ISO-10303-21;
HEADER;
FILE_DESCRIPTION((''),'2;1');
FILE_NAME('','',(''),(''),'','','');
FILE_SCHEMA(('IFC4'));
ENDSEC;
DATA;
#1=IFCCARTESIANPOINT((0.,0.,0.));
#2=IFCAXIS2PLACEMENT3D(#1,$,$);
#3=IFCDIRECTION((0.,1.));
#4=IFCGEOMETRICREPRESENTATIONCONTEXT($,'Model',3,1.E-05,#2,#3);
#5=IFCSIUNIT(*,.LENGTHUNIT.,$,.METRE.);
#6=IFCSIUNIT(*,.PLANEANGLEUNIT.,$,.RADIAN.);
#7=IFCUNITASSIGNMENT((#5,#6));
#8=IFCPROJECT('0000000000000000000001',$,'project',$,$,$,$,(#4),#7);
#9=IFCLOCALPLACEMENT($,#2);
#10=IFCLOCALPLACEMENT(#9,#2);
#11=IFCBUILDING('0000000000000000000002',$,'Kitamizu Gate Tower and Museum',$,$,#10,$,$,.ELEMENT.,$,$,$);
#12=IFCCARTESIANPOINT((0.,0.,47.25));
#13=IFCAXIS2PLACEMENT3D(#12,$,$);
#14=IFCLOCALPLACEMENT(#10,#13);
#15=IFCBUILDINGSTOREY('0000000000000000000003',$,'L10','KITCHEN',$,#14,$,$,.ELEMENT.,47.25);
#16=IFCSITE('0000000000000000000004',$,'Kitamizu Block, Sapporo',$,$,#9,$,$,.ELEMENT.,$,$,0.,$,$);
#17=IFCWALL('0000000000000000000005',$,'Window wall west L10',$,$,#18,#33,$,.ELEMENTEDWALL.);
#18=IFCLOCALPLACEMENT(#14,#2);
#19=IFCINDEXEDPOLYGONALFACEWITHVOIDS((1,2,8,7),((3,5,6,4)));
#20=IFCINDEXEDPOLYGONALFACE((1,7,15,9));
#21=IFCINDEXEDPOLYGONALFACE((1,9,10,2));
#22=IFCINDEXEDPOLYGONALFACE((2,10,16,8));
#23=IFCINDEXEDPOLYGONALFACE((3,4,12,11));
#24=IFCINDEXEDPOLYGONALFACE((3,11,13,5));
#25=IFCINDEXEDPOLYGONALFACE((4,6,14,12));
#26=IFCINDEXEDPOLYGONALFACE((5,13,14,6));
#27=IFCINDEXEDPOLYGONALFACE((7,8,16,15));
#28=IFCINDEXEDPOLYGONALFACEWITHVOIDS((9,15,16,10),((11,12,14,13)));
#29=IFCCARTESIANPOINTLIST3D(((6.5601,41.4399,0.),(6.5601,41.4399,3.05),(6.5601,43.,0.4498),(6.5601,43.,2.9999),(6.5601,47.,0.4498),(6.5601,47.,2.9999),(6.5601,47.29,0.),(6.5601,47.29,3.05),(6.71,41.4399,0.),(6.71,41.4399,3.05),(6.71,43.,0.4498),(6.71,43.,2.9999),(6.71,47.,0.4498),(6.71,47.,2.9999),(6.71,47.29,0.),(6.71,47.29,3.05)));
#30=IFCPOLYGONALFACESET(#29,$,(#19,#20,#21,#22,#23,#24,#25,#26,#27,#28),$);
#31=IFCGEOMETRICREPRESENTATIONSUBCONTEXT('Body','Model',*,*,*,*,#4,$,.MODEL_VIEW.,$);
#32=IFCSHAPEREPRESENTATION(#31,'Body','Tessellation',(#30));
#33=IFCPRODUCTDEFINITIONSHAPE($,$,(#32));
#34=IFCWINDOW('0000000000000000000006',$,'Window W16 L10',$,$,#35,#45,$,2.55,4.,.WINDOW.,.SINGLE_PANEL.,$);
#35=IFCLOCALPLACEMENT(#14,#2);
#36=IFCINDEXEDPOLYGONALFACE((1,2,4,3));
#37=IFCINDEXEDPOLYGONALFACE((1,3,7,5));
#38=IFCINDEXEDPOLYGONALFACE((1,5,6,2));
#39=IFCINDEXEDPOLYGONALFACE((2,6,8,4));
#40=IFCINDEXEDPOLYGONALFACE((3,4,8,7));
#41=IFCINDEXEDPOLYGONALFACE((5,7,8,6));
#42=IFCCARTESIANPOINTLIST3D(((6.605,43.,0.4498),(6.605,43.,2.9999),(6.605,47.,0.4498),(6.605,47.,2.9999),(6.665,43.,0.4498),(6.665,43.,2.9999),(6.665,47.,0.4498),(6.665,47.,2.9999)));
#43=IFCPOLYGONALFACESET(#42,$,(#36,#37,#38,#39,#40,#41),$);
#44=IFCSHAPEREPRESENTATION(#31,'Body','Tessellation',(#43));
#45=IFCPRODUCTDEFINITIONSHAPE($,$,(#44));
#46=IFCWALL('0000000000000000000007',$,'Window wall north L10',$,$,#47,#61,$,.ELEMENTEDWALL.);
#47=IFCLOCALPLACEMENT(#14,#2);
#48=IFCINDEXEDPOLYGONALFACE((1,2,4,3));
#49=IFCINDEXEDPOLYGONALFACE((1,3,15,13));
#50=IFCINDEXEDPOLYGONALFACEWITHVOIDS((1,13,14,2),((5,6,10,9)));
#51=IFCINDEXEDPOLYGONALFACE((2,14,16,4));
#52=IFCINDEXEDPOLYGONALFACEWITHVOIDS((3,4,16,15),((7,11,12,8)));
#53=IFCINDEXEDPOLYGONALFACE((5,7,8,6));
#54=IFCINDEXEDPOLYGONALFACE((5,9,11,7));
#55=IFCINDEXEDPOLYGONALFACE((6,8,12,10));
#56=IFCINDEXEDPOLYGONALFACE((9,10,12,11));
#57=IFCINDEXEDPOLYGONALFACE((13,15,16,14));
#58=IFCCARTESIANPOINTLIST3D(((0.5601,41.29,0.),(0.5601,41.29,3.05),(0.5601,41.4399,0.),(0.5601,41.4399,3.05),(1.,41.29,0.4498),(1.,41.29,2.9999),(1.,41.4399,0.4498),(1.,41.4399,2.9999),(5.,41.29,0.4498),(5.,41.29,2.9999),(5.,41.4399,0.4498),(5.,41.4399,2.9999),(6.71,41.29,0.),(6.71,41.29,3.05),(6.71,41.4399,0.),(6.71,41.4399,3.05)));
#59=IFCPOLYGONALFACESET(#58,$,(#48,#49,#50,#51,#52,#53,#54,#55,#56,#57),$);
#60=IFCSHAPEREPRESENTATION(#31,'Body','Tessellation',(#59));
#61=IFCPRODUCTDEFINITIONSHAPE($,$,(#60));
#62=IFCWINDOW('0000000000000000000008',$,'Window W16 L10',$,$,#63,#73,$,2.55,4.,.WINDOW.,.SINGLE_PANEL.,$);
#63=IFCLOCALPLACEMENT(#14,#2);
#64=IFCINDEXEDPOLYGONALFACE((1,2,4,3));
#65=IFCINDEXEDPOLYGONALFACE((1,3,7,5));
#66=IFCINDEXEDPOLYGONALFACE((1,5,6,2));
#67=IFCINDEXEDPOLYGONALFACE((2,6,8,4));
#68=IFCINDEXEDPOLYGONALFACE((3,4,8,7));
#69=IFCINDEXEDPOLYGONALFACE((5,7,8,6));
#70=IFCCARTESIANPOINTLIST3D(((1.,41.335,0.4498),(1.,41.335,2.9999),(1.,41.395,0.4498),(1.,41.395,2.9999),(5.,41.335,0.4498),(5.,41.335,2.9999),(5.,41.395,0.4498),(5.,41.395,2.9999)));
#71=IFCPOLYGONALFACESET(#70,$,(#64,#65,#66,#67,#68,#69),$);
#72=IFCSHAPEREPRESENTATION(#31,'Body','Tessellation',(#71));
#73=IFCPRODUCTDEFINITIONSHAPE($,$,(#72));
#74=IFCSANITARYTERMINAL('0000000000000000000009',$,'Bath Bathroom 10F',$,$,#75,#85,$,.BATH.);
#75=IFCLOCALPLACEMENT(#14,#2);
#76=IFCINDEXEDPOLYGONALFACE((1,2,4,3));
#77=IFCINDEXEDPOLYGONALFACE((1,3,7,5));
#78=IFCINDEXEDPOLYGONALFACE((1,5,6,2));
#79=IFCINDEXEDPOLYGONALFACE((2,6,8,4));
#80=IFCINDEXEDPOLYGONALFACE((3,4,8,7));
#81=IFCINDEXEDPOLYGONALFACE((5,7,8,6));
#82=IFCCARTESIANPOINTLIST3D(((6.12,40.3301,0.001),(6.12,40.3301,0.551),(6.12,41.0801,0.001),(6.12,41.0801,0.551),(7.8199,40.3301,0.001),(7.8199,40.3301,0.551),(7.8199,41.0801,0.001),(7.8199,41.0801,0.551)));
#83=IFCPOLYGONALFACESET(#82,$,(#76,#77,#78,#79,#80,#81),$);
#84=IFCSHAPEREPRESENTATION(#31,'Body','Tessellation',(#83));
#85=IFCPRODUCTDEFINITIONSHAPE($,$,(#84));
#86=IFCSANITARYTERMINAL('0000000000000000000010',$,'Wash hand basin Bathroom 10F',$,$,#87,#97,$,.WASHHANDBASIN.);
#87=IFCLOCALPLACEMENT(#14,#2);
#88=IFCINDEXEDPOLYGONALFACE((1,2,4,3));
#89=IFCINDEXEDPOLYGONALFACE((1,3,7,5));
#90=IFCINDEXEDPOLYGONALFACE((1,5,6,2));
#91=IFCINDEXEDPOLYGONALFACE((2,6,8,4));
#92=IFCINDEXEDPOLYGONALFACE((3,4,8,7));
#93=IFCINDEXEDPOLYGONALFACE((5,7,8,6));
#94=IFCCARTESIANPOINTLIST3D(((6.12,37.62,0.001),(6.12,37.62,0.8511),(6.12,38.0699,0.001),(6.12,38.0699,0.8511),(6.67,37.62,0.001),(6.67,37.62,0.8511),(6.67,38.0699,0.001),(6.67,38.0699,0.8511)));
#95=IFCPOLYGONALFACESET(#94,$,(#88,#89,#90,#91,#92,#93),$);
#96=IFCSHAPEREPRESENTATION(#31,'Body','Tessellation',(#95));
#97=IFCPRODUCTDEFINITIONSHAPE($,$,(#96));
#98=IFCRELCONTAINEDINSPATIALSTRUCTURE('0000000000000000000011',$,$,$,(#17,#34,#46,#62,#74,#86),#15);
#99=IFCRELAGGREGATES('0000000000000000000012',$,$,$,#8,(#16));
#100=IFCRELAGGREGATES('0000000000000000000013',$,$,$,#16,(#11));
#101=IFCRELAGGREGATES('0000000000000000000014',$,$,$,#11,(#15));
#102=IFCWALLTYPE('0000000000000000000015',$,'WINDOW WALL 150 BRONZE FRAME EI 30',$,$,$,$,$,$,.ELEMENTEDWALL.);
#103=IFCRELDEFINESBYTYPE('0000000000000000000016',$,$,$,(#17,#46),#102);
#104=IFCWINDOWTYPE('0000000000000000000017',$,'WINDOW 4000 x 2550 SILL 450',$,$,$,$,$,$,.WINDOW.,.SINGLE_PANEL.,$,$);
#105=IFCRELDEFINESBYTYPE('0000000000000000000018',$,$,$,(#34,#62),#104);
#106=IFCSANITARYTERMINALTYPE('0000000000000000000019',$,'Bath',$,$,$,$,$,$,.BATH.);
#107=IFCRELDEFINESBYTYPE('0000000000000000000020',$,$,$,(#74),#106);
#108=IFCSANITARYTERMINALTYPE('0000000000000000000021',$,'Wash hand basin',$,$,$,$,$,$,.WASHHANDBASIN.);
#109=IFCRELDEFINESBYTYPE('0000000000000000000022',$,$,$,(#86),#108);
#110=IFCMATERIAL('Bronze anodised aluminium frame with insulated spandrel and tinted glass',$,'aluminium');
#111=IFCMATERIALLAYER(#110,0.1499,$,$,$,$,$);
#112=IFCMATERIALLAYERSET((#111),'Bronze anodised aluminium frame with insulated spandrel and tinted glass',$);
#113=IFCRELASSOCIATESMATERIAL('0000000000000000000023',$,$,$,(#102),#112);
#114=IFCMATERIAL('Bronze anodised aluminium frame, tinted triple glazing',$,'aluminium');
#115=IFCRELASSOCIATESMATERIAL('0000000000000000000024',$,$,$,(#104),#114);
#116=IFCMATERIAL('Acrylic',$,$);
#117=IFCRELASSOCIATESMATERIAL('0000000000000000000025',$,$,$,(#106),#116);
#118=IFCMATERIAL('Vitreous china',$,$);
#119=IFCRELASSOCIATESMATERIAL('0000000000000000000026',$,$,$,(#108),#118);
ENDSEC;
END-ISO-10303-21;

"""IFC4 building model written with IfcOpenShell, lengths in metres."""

from ifc_helpers import new_model, si_unit, direction, frame, frame_2d, origin, origin_2d, place, context, subcontext, project, spatial, rectangle, extrude, material, layer, layer_set, type_object, element, fill, save


model = new_model("IFC4")

# Units and contexts
model_context = context("Model", 3, precision=1e-05, world=origin(), true_north=direction((0.0, 1.0)))
body_context = subcontext(model_context, "Body", "Model", "MODEL_VIEW")
ifc_project = project(units=[si_unit("LENGTHUNIT", "METRE"), si_unit("PLANEANGLEUNIT", "RADIAN")], contexts=[model_context])

# Site, building, storey
site_placement = place(None, origin())
site = spatial("IfcSite", under=ifc_project, at=site_placement, Name="Kitamizu Block, Sapporo", CompositionType="ELEMENT", RefElevation=0.0)
building_placement = place(site_placement, origin())
building = spatial("IfcBuilding", under=site, at=building_placement, Name="Kitamizu Gate Tower and Museum", CompositionType="ELEMENT")
storey_placement = place(building_placement, frame((0.0, 0.0, 47.25)))
storey = spatial("IfcBuildingStorey", under=building, at=storey_placement, Name="L10", Description="KITCHEN", CompositionType="ELEMENT", Elevation=47.25)

# Shared definitions
ifc_material_1 = material(Name="Bronze anodised aluminium frame with insulated spandrel and tinted glass", Category="aluminium")
ifc_layer_1 = layer(ifc_material_1, 0.1499)
ifc_layer_set_1 = layer_set([ifc_layer_1], Name="Bronze anodised aluminium frame with insulated spandrel and tinted glass")
wall_type_1 = type_object("IfcWallType", Name="WINDOW WALL 150 BRONZE FRAME EI 30", PredefinedType="ELEMENTEDWALL", material=ifc_layer_set_1)

# Walls, openings, windows
wall_1_placement = place(storey_placement, frame((6.635, 41.4399, 0.0), z_axis=(0.0, 0.0, 1.0), x_axis=(0.0, 1.0, 0.0)))
wall_1 = element("IfcWall", 1, at=wall_1_placement, inside=storey, type_object=wall_type_1, Name="Window wall west L10", PredefinedType="ELEMENTEDWALL", context=body_context, shape_type="SweptSolid", body=[
    extrude(rectangle(XDim=5.8501, YDim=0.1499, at=frame_2d((2.925, 0.0))), origin(), (0.0, 0.0, 1.0), 3.05),
])
opening_1_placement = place(wall_1_placement, frame((1.5601, 0.0, 0.45)))
opening_1 = element("IfcOpeningElement", 2, at=opening_1_placement, cuts=wall_1, PredefinedType="OPENING", context=body_context, shape_type="SweptSolid", body=[
    extrude(rectangle(XDim=4.0, YDim=2.55, at=frame_2d((2.0, 1.2749))), frame((0.0, 0.085, 0.0), z_axis=(0.0, -1.0, 0.0), x_axis=(1.0, 0.0, 0.0)), (0.0, 0.0, 1.0), 0.1699),
])
ifc_material_2 = material(Name="Bronze anodised aluminium frame, tinted triple glazing", Category="aluminium")
window_type_1 = type_object("IfcWindowType", Name="WINDOW 4000 x 2550 SILL 450", PartitioningType="SINGLE_PANEL", PredefinedType="WINDOW", material=ifc_material_2)
window_1_placement = place(opening_1_placement, origin())
window_1 = element("IfcWindow", 3, at=window_1_placement, inside=storey, type_object=window_type_1, Name="Window W16 L10", OverallHeight=2.55, OverallWidth=4.0, PartitioningType="SINGLE_PANEL", PredefinedType="WINDOW", context=body_context, shape_type="SweptSolid", body=[
    extrude(rectangle(XDim=4.0, YDim=2.55, at=frame_2d((2.0, 1.2749))), frame((0.0, 0.03, 0.0), z_axis=(0.0, -1.0, 0.0), x_axis=(1.0, 0.0, 0.0)), (0.0, 0.0, 1.0), 0.0601),
])
fill(opening_1, window_1)
wall_2_placement = place(storey_placement, frame((0.5601, 41.365, 0.0), z_axis=(0.0, 0.0, 1.0), x_axis=(1.0, 0.0, 0.0)))
wall_2 = element("IfcWall", 4, at=wall_2_placement, inside=storey, type_object=wall_type_1, Name="Window wall north L10", PredefinedType="ELEMENTEDWALL", context=body_context, shape_type="SweptSolid", body=[
    extrude(rectangle(XDim=6.1499, YDim=0.1499, at=frame_2d((3.075, 0.0))), origin(), (0.0, 0.0, 1.0), 3.05),
])
opening_2_placement = place(wall_2_placement, frame((0.4399, 0.0, 0.45)))
opening_2 = element("IfcOpeningElement", 5, at=opening_2_placement, cuts=wall_2, PredefinedType="OPENING", context=body_context, shape_type="SweptSolid", body=[
    extrude(rectangle(XDim=4.0, YDim=2.55, at=frame_2d((2.0, 1.2749))), frame((0.0, 0.085, 0.0), z_axis=(0.0, -1.0, 0.0), x_axis=(1.0, 0.0, 0.0)), (0.0, 0.0, 1.0), 0.1699),
])
window_2_placement = place(opening_2_placement, origin())
window_2 = element("IfcWindow", 6, at=window_2_placement, inside=storey, type_object=window_type_1, Name="Window W16 L10", OverallHeight=2.55, OverallWidth=4.0, PartitioningType="SINGLE_PANEL", PredefinedType="WINDOW", context=body_context, shape_type="SweptSolid", body=[
    extrude(rectangle(XDim=4.0, YDim=2.55, at=frame_2d((2.0, 1.2749))), frame((0.0, 0.03, 0.0), z_axis=(0.0, -1.0, 0.0), x_axis=(1.0, 0.0, 0.0)), (0.0, 0.0, 1.0), 0.0601),
])
fill(opening_2, window_2)

# Sanitary terminals
ifc_material_3 = material(Name="Acrylic")
sanitary_terminal_type_1 = type_object("IfcSanitaryTerminalType", Name="Bath", PredefinedType="BATH", material=ifc_material_3)
sanitary_terminal_1_placement = place(storey_placement, frame((6.97, 40.7051, 0.001), z_axis=(0.0, 0.0, 1.0), x_axis=(1.0, 0.0, 0.0)))
element("IfcSanitaryTerminal", 7, at=sanitary_terminal_1_placement, inside=storey, type_object=sanitary_terminal_type_1, Name="Bath Bathroom 10F", PredefinedType="BATH", context=body_context, shape_type="SweptSolid", body=[
    extrude(rectangle(XDim=1.7, YDim=0.75, at=origin_2d()), origin(), (0.0, 0.0, 1.0), 0.55),
])
ifc_material_4 = material(Name="Vitreous china")
sanitary_terminal_type_2 = type_object("IfcSanitaryTerminalType", Name="Wash hand basin", PredefinedType="WASHHANDBASIN", material=ifc_material_4)
sanitary_terminal_2_placement = place(storey_placement, frame((6.395, 37.845, 0.001), z_axis=(0.0, 0.0, 1.0), x_axis=(1.0, 0.0, 0.0)))
element("IfcSanitaryTerminal", 8, at=sanitary_terminal_2_placement, inside=storey, type_object=sanitary_terminal_type_2, Name="Wash hand basin Bathroom 10F", PredefinedType="WASHHANDBASIN", context=body_context, shape_type="SweptSolid", body=[
    extrude(rectangle(XDim=0.55, YDim=0.45, at=origin_2d()), origin(), (0.0, 0.0, 1.0), 0.8501),
])

save(model, "model.ifc")
